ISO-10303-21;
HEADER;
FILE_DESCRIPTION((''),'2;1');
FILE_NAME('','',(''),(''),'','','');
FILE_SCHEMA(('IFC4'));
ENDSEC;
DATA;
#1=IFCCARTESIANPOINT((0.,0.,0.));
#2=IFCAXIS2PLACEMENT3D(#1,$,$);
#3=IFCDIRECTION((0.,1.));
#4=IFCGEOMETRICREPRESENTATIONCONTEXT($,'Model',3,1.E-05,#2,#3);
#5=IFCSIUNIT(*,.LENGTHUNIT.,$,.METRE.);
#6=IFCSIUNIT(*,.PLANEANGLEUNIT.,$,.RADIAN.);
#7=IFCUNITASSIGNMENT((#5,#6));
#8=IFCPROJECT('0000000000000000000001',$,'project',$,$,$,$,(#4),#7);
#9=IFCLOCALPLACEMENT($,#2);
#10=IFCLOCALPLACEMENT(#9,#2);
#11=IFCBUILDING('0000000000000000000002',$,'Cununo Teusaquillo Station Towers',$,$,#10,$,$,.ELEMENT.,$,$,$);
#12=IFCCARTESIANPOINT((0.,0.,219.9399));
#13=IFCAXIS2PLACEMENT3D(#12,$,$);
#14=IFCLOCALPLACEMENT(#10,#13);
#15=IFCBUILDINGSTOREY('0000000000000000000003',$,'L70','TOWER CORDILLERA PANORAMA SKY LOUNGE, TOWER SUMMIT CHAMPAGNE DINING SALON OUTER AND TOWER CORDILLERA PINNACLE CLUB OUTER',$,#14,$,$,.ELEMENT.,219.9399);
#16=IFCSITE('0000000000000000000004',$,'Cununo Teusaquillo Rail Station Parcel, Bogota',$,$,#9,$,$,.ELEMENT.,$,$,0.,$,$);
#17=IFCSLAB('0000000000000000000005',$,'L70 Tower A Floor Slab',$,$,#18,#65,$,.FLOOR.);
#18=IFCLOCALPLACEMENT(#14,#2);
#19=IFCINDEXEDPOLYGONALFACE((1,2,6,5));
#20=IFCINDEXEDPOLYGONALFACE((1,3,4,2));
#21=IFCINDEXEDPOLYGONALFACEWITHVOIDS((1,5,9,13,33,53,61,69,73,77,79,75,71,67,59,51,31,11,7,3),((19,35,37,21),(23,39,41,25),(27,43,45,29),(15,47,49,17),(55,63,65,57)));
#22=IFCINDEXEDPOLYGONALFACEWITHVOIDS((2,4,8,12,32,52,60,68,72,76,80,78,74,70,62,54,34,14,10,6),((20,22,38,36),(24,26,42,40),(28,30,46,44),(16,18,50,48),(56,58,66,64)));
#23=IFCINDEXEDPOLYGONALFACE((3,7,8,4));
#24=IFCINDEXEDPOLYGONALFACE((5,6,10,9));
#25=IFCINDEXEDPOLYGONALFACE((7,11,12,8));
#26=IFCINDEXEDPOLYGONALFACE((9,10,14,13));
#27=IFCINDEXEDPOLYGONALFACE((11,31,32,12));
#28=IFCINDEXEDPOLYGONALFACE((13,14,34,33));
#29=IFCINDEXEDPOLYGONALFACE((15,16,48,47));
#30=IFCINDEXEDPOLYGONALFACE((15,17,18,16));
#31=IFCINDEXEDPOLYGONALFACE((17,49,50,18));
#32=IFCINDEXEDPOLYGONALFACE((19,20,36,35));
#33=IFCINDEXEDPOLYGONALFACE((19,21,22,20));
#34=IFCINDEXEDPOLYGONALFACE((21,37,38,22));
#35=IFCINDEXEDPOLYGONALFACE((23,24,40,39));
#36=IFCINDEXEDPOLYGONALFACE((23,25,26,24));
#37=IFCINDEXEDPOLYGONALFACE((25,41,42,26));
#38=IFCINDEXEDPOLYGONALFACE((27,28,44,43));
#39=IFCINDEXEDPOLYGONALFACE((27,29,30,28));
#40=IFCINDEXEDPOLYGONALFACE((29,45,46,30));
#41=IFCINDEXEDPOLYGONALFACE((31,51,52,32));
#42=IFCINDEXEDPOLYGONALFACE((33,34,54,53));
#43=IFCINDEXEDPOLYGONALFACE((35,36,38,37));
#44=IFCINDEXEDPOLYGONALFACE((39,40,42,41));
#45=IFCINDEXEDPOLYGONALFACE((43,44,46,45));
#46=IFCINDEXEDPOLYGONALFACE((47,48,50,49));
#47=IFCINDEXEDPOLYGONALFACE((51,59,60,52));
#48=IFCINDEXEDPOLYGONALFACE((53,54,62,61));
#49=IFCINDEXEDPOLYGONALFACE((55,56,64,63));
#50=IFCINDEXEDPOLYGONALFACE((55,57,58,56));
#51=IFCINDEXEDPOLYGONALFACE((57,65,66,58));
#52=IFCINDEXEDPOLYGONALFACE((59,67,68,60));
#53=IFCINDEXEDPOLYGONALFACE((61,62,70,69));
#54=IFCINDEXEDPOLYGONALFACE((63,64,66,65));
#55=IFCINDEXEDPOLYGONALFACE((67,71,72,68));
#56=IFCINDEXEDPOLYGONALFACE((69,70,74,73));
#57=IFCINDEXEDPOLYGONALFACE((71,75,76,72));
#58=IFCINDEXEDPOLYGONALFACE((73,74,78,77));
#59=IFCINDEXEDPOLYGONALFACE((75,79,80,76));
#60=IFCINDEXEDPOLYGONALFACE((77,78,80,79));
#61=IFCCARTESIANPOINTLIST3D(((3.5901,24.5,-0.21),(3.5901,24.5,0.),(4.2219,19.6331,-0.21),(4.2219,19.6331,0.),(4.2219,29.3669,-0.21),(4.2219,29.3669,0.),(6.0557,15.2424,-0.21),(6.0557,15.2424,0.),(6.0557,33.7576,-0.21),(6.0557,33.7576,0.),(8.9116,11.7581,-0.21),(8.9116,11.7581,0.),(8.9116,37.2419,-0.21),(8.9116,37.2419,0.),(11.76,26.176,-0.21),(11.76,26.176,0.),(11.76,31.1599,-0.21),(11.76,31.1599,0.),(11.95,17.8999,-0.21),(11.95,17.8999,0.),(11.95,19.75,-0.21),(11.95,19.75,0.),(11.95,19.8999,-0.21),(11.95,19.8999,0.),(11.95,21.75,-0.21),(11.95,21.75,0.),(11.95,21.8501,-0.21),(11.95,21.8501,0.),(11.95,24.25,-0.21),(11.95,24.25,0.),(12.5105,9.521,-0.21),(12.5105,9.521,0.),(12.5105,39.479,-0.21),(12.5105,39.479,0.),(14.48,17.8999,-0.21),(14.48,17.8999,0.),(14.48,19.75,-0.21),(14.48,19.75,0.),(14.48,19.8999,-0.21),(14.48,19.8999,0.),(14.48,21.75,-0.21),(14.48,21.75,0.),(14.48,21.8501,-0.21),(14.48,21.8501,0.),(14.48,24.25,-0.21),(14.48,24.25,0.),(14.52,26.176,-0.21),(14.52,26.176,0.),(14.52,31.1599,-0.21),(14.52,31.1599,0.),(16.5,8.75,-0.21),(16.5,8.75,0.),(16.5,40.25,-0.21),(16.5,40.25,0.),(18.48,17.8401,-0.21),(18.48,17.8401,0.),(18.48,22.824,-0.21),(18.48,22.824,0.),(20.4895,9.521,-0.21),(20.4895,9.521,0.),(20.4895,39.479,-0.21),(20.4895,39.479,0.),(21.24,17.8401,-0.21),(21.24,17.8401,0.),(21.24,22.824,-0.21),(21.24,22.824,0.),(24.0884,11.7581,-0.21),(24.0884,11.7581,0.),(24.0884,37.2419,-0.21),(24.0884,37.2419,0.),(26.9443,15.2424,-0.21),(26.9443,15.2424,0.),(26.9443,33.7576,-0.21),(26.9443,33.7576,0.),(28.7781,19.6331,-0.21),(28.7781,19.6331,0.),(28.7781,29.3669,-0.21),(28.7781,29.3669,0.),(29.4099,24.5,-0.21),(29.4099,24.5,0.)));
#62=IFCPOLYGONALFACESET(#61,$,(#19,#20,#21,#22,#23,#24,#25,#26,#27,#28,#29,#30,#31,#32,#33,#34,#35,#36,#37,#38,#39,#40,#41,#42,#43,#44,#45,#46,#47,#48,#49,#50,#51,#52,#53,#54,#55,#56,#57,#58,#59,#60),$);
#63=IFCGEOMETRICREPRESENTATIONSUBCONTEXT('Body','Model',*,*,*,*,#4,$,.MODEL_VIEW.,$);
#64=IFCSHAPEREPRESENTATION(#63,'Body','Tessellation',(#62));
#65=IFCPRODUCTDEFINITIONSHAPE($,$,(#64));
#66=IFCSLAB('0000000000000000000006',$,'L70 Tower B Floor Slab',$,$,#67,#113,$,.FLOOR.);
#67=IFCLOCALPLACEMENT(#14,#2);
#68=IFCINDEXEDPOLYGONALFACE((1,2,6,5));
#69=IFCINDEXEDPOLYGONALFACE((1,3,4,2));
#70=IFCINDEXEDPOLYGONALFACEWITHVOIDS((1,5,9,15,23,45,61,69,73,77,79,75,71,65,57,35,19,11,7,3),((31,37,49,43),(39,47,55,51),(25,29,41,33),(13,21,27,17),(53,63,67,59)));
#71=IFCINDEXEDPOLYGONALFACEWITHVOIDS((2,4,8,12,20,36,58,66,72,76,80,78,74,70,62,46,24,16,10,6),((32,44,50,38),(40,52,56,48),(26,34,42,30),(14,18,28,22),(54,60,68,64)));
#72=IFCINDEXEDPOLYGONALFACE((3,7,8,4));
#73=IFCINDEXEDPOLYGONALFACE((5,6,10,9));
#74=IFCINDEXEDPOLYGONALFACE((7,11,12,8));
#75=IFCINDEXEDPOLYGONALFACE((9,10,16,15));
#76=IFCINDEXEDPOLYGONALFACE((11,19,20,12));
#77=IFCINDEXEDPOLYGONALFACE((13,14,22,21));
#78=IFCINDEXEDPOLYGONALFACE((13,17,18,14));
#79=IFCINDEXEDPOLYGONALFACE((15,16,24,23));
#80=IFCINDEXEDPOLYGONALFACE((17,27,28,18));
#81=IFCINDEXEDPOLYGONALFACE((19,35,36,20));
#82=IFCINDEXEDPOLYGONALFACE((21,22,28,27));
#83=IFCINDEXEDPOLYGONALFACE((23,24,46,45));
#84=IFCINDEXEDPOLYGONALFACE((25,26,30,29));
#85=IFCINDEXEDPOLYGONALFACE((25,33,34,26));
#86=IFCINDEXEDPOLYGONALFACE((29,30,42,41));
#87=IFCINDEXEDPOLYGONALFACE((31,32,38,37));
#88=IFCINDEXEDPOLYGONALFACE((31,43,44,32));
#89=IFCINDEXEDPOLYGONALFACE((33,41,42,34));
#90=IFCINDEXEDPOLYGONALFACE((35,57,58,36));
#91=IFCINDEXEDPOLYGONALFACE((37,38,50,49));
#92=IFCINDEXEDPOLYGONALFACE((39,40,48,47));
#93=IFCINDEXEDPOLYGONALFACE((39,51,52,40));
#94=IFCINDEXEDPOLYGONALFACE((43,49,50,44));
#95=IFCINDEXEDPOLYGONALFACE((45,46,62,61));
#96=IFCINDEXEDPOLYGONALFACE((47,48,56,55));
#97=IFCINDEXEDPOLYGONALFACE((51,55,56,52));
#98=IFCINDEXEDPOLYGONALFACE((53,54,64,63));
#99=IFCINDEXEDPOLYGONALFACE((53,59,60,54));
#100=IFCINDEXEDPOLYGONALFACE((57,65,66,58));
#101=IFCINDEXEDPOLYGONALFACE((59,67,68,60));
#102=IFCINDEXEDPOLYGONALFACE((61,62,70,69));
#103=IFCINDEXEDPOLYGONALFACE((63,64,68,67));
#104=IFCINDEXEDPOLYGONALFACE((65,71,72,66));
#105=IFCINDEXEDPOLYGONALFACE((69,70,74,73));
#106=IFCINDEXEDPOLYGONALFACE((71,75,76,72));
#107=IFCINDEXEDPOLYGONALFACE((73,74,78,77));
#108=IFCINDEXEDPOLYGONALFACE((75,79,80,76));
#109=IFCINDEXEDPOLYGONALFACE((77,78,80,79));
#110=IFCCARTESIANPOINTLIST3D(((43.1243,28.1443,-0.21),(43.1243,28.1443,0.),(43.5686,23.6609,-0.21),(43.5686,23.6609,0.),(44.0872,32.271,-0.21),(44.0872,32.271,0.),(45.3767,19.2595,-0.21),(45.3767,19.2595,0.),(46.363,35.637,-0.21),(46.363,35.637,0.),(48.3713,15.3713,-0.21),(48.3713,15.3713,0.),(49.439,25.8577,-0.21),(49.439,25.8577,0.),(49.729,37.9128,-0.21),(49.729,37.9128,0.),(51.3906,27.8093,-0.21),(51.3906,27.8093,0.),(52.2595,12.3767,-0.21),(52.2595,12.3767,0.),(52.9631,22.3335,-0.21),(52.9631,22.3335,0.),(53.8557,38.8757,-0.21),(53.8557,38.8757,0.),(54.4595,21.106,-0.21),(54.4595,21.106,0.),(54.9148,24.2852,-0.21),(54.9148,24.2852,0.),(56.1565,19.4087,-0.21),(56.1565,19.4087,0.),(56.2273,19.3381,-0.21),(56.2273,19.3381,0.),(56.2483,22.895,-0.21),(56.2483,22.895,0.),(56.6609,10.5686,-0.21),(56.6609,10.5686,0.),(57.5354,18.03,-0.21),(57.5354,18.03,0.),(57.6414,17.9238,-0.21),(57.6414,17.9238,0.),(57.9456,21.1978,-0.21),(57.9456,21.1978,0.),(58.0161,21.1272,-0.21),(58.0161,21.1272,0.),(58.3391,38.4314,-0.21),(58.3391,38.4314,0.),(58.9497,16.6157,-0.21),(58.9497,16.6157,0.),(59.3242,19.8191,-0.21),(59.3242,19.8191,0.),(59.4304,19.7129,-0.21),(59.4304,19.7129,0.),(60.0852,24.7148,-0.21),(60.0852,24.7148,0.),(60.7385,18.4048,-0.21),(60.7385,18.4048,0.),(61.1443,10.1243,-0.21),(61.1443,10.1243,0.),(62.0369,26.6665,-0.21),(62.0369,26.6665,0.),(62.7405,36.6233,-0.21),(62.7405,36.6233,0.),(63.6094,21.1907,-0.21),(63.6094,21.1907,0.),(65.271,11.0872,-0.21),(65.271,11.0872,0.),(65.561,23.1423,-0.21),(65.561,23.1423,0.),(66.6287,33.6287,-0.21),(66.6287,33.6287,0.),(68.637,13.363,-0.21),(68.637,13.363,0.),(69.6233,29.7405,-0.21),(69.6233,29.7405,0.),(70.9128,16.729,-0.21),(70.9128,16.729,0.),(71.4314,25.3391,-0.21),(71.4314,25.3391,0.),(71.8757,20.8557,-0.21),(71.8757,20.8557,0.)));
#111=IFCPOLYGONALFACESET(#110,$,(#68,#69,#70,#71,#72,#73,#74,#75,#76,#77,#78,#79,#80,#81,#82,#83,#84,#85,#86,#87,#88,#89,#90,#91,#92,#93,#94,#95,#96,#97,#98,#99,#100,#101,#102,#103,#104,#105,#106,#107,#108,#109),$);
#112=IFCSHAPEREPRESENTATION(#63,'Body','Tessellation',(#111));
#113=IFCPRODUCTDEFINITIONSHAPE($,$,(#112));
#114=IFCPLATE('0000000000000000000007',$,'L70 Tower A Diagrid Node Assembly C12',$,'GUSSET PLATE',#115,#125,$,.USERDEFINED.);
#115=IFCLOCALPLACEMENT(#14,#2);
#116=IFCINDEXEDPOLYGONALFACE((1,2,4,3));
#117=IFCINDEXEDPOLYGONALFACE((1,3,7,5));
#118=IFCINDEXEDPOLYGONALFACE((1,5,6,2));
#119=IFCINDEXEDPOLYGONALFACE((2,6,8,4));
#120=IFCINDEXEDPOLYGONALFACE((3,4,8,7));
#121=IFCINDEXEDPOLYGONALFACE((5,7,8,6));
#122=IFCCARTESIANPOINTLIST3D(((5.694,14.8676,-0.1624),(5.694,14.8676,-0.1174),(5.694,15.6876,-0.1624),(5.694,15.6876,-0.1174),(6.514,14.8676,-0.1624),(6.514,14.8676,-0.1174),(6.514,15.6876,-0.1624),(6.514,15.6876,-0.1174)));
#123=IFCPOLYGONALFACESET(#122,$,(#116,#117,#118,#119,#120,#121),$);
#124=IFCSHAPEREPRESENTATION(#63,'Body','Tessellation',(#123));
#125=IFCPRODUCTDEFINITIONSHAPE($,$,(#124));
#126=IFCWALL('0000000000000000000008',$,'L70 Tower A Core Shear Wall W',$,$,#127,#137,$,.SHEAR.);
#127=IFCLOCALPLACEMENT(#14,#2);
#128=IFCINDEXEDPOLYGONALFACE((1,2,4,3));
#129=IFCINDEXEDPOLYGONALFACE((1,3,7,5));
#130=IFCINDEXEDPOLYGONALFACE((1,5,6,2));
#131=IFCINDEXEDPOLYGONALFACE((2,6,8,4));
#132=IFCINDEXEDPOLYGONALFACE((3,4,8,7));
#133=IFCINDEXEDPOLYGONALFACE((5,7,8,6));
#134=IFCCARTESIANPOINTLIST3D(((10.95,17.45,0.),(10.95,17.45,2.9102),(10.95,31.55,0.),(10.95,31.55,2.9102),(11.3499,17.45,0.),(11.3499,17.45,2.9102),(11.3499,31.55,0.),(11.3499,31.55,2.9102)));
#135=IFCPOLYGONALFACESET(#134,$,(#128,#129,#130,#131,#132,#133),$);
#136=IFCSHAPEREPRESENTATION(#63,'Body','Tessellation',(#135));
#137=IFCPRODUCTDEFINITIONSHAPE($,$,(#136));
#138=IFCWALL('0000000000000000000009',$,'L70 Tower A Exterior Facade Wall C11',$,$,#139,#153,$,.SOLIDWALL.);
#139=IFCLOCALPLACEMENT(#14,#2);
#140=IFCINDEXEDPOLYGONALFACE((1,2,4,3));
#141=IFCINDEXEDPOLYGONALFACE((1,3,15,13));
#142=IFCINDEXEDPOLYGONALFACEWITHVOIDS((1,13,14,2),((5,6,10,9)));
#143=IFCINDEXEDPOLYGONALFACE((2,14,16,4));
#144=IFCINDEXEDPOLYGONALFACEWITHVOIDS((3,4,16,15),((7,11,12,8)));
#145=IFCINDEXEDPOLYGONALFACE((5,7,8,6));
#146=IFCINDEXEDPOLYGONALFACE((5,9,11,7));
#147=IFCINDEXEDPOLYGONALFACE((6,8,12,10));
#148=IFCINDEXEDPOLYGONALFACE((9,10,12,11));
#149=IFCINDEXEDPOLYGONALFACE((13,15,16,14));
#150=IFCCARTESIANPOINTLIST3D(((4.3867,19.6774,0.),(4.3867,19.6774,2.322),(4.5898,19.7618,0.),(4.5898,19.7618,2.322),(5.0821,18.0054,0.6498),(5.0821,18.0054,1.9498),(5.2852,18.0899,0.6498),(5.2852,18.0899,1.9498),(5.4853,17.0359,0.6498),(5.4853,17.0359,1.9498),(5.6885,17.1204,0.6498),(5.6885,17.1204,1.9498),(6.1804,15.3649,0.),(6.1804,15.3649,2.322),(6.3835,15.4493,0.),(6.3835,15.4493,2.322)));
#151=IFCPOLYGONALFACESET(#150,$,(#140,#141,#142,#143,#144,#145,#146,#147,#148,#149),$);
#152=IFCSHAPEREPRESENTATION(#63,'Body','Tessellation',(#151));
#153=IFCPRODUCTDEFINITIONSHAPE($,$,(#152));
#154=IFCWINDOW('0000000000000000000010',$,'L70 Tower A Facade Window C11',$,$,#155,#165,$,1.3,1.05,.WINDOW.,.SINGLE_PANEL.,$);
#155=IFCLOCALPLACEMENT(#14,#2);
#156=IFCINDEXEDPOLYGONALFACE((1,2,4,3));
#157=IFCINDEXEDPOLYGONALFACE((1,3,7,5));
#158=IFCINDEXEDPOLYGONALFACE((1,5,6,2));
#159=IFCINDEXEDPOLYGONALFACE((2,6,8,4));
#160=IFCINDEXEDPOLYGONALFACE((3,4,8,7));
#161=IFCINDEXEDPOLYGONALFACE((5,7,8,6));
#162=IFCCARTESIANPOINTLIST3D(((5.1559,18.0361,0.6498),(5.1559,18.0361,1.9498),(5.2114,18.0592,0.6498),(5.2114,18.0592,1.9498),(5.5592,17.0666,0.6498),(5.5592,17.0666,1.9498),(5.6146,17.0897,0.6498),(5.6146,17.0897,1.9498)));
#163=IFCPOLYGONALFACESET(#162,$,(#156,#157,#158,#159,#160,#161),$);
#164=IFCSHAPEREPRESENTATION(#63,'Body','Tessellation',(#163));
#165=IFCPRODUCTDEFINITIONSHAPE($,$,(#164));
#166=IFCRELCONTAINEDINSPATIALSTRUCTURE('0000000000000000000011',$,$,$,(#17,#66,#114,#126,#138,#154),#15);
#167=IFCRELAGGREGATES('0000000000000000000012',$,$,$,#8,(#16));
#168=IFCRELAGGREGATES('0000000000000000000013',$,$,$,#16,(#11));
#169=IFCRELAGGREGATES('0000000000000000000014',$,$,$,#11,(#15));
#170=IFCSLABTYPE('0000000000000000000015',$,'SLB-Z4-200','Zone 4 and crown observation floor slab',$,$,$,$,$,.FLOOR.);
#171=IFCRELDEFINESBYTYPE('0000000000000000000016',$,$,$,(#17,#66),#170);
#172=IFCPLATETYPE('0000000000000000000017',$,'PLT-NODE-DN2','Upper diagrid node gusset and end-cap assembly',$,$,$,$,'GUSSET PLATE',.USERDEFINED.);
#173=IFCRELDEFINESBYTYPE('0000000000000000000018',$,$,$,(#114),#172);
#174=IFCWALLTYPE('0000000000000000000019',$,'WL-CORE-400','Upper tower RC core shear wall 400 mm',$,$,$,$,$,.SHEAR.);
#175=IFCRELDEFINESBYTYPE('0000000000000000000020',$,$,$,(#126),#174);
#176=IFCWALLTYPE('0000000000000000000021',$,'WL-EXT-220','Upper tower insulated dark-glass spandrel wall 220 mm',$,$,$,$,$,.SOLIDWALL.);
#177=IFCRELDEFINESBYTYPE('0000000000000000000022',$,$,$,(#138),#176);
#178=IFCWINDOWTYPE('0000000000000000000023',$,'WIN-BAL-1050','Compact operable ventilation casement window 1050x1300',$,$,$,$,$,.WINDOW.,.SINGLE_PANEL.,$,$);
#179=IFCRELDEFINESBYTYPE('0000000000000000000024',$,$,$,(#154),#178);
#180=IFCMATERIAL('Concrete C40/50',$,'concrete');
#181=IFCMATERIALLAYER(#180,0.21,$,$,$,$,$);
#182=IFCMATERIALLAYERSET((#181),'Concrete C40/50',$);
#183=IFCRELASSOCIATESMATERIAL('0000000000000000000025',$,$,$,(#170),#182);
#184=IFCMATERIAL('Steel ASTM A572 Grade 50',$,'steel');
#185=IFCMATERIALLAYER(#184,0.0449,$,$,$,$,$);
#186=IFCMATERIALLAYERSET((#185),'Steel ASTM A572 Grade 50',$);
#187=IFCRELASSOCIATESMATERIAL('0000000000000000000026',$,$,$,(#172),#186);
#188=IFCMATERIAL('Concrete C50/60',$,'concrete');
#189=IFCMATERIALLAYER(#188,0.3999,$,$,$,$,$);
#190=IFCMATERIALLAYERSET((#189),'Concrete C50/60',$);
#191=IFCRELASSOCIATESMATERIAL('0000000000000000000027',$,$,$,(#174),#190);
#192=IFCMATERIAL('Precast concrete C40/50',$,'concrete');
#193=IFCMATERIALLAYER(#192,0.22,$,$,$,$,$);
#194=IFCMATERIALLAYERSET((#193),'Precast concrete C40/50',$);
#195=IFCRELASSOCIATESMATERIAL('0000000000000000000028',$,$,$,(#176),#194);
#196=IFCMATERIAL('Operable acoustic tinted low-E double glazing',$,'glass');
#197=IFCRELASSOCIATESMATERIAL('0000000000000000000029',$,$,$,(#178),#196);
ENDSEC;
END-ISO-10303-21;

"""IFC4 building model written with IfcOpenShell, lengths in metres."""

from ifc_helpers import new_model, si_unit, direction, frame, frame_2d, origin, origin_2d, place, context, subcontext, project, spatial, polyline, rectangle, outline, extrude, source, transform, mapped, material, layer, layer_set, type_object, element, fill, save


model = new_model("IFC4")

# Units and contexts
model_context = context("Model", 3, precision=1e-05, world=origin(), true_north=direction((0.0, 1.0)))
body_context = subcontext(model_context, "Body", "Model", "MODEL_VIEW")
ifc_project = project(units=[si_unit("LENGTHUNIT", "METRE"), si_unit("PLANEANGLEUNIT", "RADIAN")], contexts=[model_context])

# Site, building, storey
site_placement = place(None, origin())
site = spatial("IfcSite", under=ifc_project, at=site_placement, Name="Cununo Teusaquillo Rail Station Parcel, Bogota", CompositionType="ELEMENT", RefElevation=0.0)
building_placement = place(site_placement, origin())
building = spatial("IfcBuilding", under=site, at=building_placement, Name="Cununo Teusaquillo Station Towers", CompositionType="ELEMENT")
storey_placement = place(building_placement, frame((0.0, 0.0, 219.9399)))
storey = spatial("IfcBuildingStorey", under=building, at=storey_placement, Name="L70", Description="TOWER CORDILLERA PANORAMA SKY LOUNGE, TOWER SUMMIT CHAMPAGNE DINING SALON OUTER AND TOWER CORDILLERA PINNACLE CLUB OUTER", CompositionType="ELEMENT", Elevation=219.9399)

# Slabs
ifc_material_1 = material(Name="Concrete C40/50", Category="concrete")
ifc_layer_1 = layer(ifc_material_1, 0.21)
ifc_layer_set_1 = layer_set([ifc_layer_1], Name="Concrete C40/50")
slab_type_1 = type_object("IfcSlabType", Name="SLB-Z4-200", Description="Zone 4 and crown observation floor slab", PredefinedType="FLOOR", material=ifc_layer_set_1)
slab_1_placement = place(storey_placement, frame((0.0, 0.0, -0.21)))
element("IfcSlab", 1, at=slab_1_placement, inside=storey, type_object=slab_type_1, Name="L70 Tower A Floor Slab", PredefinedType="FLOOR", context=body_context, shape_type="SweptSolid", body=[
    extrude(outline(polyline([(29.4099, 24.5), (28.7781, 29.3669), (26.9443, 33.7576), (24.0884, 37.2419), (20.4895, 39.479), (16.5, 40.25), (12.5105, 39.479), (8.9116, 37.2419), (6.0557, 33.7576), (4.2219, 29.3669), (3.5901, 24.5), (4.2219, 19.6331), (6.0557, 15.2424), (8.9116, 11.7581), (12.5105, 9.521), (16.5, 8.75), (20.4895, 9.521), (24.0884, 11.7581), (26.9443, 15.2424), (28.7781, 19.6331), (29.4099, 24.5)]), holes=[polyline([(14.52, 26.176), (14.52, 31.1599), (11.76, 31.1599), (11.76, 26.176), (14.52, 26.176)]), polyline([(18.48, 22.824), (18.48, 17.8401), (21.24, 17.8401), (21.24, 22.824), (18.48, 22.824)]), polyline([(11.95, 21.8501), (14.48, 21.8501), (14.48, 24.25), (11.95, 24.25), (11.95, 21.8501)]), polyline([(11.95, 17.8999), (14.48, 17.8999), (14.48, 19.75), (11.95, 19.75), (11.95, 17.8999)]), polyline([(11.95, 19.8999), (14.48, 19.8999), (14.48, 21.75), (11.95, 21.75), (11.95, 19.8999)])]), origin(), (0.0, 0.0, 1.0), 0.21),
])
slab_2_placement = place(storey_placement, frame((0.0, 0.0, -0.21)))
element("IfcSlab", 2, at=slab_2_placement, inside=storey, type_object=slab_type_1, Name="L70 Tower B Floor Slab", PredefinedType="FLOOR", context=body_context, shape_type="SweptSolid", body=[
    extrude(outline(polyline([(66.6287, 33.6287), (62.7405, 36.6233), (58.3391, 38.4314), (53.8557, 38.8757), (49.729, 37.9128), (46.363, 35.637), (44.0872, 32.271), (43.1243, 28.1443), (43.5686, 23.6609), (45.3767, 19.2595), (48.3713, 15.3713), (52.2595, 12.3767), (56.6609, 10.5686), (61.1443, 10.1243), (65.271, 11.0872), (68.637, 13.363), (70.9128, 16.729), (71.8757, 20.8557), (71.4314, 25.3391), (69.6233, 29.7405), (66.6287, 33.6287)]), holes=[polyline([(54.9148, 24.2852), (51.3906, 27.8093), (49.439, 25.8577), (52.9631, 22.3335), (54.9148, 24.2852)]), polyline([(60.0852, 24.7148), (63.6094, 21.1907), (65.561, 23.1423), (62.0369, 26.6665), (60.0852, 24.7148)]), polyline([(56.1565, 19.4087), (57.9456, 21.1978), (56.2483, 22.895), (54.4595, 21.106), (56.1565, 19.4087)]), polyline([(58.9497, 16.6157), (60.7385, 18.4048), (59.4304, 19.7129), (57.6414, 17.9238), (58.9497, 16.6157)]), polyline([(57.5354, 18.03), (59.3242, 19.8191), (58.0161, 21.1272), (56.2273, 19.3381), (57.5354, 18.03)])]), origin(), (0.0, 0.0, 1.0), 0.21),
])

# Plate
ifc_material_2 = material(Name="Steel ASTM A572 Grade 50", Category="steel")
ifc_layer_2 = layer(ifc_material_2, 0.0449)
ifc_layer_set_2 = layer_set([ifc_layer_2], Name="Steel ASTM A572 Grade 50")
plate_type = type_object("IfcPlateType", Name="PLT-NODE-DN2", Description="Upper diagrid node gusset and end-cap assembly", ElementType="GUSSET PLATE", PredefinedType="USERDEFINED", material=ifc_layer_set_2)
shared_shape_1 = source(origin(), body_context, "Body", "SweptSolid", [
    extrude(rectangle(XDim=0.8201, YDim=0.8201, at=origin_2d()), origin(), (0.0, 0.0, 1.0), 0.0449),
])
plate_placement = place(storey_placement, frame((6.104, 15.2776, -0.1624), z_axis=(0.0, 0.0, 1.0), x_axis=(1.0, 0.0, 0.0)))
element("IfcPlate", 3, at=plate_placement, inside=storey, type_object=plate_type, Name="L70 Tower A Diagrid Node Assembly C12", ObjectType="GUSSET PLATE", PredefinedType="USERDEFINED", context=body_context, shape_type="MappedRepresentation", body=[
    mapped(shared_shape_1, transform((0.0, 0.0, 0.0), x_axis=(1.0, 0.0, 0.0), y_axis=(0.0, 1.0, 0.0), z_axis=(0.0, 0.0, 1.0), scale=1.0)),
])

# Wall
ifc_material_3 = material(Name="Concrete C50/60", Category="concrete")
ifc_layer_3 = layer(ifc_material_3, 0.3999)
ifc_layer_set_3 = layer_set([ifc_layer_3], Name="Concrete C50/60")
wall_type_1 = type_object("IfcWallType", Name="WL-CORE-400", Description="Upper tower RC core shear wall 400 mm", PredefinedType="SHEAR", material=ifc_layer_set_3)
wall_1_placement = place(storey_placement, frame((11.1499, 17.45, 0.0), z_axis=(0.0, 0.0, 1.0), x_axis=(0.0, 1.0, 0.0)))
element("IfcWall", 4, at=wall_1_placement, inside=storey, type_object=wall_type_1, Name="L70 Tower A Core Shear Wall W", PredefinedType="SHEAR", context=body_context, shape_type="SweptSolid", body=[
    extrude(rectangle(XDim=14.1001, YDim=0.3999, at=frame_2d((7.05, 0.0))), origin(), (0.0, 0.0, 1.0), 2.9102),
])

# Wall, opening, window
ifc_material_4 = material(Name="Precast concrete C40/50", Category="concrete")
ifc_layer_4 = layer(ifc_material_4, 0.22)
ifc_layer_set_4 = layer_set([ifc_layer_4], Name="Precast concrete C40/50")
wall_type_2 = type_object("IfcWallType", Name="WL-EXT-220", Description="Upper tower insulated dark-glass spandrel wall 220 mm", PredefinedType="SOLIDWALL", material=ifc_layer_set_4)
wall_2_placement = place(storey_placement, frame((6.282, 15.407, 0.0), z_axis=(0.0, 0.0, 1.0), x_axis=(-0.384036, 0.923318, 0.0)))
wall_2 = element("IfcWall", 5, at=wall_2_placement, inside=storey, type_object=wall_type_2, Name="L70 Tower A Exterior Facade Wall C11", PredefinedType="SOLIDWALL", context=body_context, shape_type="SweptSolid", body=[
    extrude(rectangle(XDim=4.6707, YDim=0.22, at=frame_2d((2.3354, 0.0))), origin(), (0.0, 0.0, 1.0), 2.322),
])
shared_shape_2 = source(origin(), body_context, "Body", "SweptSolid", [
    extrude(rectangle(XDim=1.05, YDim=1.3, at=frame_2d((0.5249, 0.6499))), frame((0.0, 0.1199, 0.0), z_axis=(0.0, -1.0, 0.0), x_axis=(1.0, 0.0, 0.0)), (0.0, 0.0, 1.0), 0.24),
])
opening_1_placement = place(wall_2_placement, frame((1.8101, 0.0, 0.6499)))
opening_1 = element("IfcOpeningElement", 6, at=opening_1_placement, cuts=wall_2, PredefinedType="OPENING", context=body_context, shape_type="MappedRepresentation", body=[
    mapped(shared_shape_2, transform((0.0, 0.0, 0.0), x_axis=(1.0, 0.0, 0.0), y_axis=(0.0, 1.0, 0.0), z_axis=(0.0, 0.0, 1.0), scale=1.0)),
])
ifc_material_5 = material(Name="Operable acoustic tinted low-E double glazing", Category="glass")
window_type = type_object("IfcWindowType", Name="WIN-BAL-1050", Description="Compact operable ventilation casement window 1050x1300", PartitioningType="SINGLE_PANEL", PredefinedType="WINDOW", material=ifc_material_5)
shared_shape_3 = source(origin(), body_context, "Body", "SweptSolid", [
    extrude(rectangle(XDim=1.05, YDim=1.3, at=frame_2d((0.5249, 0.6499))), frame((0.0, 0.03, 0.0), z_axis=(0.0, -1.0, 0.0), x_axis=(1.0, 0.0, 0.0)), (0.0, 0.0, 1.0), 0.0601),
])
window_1_placement = place(opening_1_placement, origin())
window_1 = element("IfcWindow", 7, at=window_1_placement, inside=storey, type_object=window_type, Name="L70 Tower A Facade Window C11", OverallHeight=1.3, OverallWidth=1.05, PartitioningType="SINGLE_PANEL", PredefinedType="WINDOW", context=body_context, shape_type="MappedRepresentation", body=[
    mapped(shared_shape_3, transform((0.0, 0.0, 0.0), x_axis=(1.0, 0.0, 0.0), y_axis=(0.0, 1.0, 0.0), z_axis=(0.0, 0.0, 1.0), scale=1.0)),
])
fill(opening_1, window_1)

save(model, "model.ifc")
